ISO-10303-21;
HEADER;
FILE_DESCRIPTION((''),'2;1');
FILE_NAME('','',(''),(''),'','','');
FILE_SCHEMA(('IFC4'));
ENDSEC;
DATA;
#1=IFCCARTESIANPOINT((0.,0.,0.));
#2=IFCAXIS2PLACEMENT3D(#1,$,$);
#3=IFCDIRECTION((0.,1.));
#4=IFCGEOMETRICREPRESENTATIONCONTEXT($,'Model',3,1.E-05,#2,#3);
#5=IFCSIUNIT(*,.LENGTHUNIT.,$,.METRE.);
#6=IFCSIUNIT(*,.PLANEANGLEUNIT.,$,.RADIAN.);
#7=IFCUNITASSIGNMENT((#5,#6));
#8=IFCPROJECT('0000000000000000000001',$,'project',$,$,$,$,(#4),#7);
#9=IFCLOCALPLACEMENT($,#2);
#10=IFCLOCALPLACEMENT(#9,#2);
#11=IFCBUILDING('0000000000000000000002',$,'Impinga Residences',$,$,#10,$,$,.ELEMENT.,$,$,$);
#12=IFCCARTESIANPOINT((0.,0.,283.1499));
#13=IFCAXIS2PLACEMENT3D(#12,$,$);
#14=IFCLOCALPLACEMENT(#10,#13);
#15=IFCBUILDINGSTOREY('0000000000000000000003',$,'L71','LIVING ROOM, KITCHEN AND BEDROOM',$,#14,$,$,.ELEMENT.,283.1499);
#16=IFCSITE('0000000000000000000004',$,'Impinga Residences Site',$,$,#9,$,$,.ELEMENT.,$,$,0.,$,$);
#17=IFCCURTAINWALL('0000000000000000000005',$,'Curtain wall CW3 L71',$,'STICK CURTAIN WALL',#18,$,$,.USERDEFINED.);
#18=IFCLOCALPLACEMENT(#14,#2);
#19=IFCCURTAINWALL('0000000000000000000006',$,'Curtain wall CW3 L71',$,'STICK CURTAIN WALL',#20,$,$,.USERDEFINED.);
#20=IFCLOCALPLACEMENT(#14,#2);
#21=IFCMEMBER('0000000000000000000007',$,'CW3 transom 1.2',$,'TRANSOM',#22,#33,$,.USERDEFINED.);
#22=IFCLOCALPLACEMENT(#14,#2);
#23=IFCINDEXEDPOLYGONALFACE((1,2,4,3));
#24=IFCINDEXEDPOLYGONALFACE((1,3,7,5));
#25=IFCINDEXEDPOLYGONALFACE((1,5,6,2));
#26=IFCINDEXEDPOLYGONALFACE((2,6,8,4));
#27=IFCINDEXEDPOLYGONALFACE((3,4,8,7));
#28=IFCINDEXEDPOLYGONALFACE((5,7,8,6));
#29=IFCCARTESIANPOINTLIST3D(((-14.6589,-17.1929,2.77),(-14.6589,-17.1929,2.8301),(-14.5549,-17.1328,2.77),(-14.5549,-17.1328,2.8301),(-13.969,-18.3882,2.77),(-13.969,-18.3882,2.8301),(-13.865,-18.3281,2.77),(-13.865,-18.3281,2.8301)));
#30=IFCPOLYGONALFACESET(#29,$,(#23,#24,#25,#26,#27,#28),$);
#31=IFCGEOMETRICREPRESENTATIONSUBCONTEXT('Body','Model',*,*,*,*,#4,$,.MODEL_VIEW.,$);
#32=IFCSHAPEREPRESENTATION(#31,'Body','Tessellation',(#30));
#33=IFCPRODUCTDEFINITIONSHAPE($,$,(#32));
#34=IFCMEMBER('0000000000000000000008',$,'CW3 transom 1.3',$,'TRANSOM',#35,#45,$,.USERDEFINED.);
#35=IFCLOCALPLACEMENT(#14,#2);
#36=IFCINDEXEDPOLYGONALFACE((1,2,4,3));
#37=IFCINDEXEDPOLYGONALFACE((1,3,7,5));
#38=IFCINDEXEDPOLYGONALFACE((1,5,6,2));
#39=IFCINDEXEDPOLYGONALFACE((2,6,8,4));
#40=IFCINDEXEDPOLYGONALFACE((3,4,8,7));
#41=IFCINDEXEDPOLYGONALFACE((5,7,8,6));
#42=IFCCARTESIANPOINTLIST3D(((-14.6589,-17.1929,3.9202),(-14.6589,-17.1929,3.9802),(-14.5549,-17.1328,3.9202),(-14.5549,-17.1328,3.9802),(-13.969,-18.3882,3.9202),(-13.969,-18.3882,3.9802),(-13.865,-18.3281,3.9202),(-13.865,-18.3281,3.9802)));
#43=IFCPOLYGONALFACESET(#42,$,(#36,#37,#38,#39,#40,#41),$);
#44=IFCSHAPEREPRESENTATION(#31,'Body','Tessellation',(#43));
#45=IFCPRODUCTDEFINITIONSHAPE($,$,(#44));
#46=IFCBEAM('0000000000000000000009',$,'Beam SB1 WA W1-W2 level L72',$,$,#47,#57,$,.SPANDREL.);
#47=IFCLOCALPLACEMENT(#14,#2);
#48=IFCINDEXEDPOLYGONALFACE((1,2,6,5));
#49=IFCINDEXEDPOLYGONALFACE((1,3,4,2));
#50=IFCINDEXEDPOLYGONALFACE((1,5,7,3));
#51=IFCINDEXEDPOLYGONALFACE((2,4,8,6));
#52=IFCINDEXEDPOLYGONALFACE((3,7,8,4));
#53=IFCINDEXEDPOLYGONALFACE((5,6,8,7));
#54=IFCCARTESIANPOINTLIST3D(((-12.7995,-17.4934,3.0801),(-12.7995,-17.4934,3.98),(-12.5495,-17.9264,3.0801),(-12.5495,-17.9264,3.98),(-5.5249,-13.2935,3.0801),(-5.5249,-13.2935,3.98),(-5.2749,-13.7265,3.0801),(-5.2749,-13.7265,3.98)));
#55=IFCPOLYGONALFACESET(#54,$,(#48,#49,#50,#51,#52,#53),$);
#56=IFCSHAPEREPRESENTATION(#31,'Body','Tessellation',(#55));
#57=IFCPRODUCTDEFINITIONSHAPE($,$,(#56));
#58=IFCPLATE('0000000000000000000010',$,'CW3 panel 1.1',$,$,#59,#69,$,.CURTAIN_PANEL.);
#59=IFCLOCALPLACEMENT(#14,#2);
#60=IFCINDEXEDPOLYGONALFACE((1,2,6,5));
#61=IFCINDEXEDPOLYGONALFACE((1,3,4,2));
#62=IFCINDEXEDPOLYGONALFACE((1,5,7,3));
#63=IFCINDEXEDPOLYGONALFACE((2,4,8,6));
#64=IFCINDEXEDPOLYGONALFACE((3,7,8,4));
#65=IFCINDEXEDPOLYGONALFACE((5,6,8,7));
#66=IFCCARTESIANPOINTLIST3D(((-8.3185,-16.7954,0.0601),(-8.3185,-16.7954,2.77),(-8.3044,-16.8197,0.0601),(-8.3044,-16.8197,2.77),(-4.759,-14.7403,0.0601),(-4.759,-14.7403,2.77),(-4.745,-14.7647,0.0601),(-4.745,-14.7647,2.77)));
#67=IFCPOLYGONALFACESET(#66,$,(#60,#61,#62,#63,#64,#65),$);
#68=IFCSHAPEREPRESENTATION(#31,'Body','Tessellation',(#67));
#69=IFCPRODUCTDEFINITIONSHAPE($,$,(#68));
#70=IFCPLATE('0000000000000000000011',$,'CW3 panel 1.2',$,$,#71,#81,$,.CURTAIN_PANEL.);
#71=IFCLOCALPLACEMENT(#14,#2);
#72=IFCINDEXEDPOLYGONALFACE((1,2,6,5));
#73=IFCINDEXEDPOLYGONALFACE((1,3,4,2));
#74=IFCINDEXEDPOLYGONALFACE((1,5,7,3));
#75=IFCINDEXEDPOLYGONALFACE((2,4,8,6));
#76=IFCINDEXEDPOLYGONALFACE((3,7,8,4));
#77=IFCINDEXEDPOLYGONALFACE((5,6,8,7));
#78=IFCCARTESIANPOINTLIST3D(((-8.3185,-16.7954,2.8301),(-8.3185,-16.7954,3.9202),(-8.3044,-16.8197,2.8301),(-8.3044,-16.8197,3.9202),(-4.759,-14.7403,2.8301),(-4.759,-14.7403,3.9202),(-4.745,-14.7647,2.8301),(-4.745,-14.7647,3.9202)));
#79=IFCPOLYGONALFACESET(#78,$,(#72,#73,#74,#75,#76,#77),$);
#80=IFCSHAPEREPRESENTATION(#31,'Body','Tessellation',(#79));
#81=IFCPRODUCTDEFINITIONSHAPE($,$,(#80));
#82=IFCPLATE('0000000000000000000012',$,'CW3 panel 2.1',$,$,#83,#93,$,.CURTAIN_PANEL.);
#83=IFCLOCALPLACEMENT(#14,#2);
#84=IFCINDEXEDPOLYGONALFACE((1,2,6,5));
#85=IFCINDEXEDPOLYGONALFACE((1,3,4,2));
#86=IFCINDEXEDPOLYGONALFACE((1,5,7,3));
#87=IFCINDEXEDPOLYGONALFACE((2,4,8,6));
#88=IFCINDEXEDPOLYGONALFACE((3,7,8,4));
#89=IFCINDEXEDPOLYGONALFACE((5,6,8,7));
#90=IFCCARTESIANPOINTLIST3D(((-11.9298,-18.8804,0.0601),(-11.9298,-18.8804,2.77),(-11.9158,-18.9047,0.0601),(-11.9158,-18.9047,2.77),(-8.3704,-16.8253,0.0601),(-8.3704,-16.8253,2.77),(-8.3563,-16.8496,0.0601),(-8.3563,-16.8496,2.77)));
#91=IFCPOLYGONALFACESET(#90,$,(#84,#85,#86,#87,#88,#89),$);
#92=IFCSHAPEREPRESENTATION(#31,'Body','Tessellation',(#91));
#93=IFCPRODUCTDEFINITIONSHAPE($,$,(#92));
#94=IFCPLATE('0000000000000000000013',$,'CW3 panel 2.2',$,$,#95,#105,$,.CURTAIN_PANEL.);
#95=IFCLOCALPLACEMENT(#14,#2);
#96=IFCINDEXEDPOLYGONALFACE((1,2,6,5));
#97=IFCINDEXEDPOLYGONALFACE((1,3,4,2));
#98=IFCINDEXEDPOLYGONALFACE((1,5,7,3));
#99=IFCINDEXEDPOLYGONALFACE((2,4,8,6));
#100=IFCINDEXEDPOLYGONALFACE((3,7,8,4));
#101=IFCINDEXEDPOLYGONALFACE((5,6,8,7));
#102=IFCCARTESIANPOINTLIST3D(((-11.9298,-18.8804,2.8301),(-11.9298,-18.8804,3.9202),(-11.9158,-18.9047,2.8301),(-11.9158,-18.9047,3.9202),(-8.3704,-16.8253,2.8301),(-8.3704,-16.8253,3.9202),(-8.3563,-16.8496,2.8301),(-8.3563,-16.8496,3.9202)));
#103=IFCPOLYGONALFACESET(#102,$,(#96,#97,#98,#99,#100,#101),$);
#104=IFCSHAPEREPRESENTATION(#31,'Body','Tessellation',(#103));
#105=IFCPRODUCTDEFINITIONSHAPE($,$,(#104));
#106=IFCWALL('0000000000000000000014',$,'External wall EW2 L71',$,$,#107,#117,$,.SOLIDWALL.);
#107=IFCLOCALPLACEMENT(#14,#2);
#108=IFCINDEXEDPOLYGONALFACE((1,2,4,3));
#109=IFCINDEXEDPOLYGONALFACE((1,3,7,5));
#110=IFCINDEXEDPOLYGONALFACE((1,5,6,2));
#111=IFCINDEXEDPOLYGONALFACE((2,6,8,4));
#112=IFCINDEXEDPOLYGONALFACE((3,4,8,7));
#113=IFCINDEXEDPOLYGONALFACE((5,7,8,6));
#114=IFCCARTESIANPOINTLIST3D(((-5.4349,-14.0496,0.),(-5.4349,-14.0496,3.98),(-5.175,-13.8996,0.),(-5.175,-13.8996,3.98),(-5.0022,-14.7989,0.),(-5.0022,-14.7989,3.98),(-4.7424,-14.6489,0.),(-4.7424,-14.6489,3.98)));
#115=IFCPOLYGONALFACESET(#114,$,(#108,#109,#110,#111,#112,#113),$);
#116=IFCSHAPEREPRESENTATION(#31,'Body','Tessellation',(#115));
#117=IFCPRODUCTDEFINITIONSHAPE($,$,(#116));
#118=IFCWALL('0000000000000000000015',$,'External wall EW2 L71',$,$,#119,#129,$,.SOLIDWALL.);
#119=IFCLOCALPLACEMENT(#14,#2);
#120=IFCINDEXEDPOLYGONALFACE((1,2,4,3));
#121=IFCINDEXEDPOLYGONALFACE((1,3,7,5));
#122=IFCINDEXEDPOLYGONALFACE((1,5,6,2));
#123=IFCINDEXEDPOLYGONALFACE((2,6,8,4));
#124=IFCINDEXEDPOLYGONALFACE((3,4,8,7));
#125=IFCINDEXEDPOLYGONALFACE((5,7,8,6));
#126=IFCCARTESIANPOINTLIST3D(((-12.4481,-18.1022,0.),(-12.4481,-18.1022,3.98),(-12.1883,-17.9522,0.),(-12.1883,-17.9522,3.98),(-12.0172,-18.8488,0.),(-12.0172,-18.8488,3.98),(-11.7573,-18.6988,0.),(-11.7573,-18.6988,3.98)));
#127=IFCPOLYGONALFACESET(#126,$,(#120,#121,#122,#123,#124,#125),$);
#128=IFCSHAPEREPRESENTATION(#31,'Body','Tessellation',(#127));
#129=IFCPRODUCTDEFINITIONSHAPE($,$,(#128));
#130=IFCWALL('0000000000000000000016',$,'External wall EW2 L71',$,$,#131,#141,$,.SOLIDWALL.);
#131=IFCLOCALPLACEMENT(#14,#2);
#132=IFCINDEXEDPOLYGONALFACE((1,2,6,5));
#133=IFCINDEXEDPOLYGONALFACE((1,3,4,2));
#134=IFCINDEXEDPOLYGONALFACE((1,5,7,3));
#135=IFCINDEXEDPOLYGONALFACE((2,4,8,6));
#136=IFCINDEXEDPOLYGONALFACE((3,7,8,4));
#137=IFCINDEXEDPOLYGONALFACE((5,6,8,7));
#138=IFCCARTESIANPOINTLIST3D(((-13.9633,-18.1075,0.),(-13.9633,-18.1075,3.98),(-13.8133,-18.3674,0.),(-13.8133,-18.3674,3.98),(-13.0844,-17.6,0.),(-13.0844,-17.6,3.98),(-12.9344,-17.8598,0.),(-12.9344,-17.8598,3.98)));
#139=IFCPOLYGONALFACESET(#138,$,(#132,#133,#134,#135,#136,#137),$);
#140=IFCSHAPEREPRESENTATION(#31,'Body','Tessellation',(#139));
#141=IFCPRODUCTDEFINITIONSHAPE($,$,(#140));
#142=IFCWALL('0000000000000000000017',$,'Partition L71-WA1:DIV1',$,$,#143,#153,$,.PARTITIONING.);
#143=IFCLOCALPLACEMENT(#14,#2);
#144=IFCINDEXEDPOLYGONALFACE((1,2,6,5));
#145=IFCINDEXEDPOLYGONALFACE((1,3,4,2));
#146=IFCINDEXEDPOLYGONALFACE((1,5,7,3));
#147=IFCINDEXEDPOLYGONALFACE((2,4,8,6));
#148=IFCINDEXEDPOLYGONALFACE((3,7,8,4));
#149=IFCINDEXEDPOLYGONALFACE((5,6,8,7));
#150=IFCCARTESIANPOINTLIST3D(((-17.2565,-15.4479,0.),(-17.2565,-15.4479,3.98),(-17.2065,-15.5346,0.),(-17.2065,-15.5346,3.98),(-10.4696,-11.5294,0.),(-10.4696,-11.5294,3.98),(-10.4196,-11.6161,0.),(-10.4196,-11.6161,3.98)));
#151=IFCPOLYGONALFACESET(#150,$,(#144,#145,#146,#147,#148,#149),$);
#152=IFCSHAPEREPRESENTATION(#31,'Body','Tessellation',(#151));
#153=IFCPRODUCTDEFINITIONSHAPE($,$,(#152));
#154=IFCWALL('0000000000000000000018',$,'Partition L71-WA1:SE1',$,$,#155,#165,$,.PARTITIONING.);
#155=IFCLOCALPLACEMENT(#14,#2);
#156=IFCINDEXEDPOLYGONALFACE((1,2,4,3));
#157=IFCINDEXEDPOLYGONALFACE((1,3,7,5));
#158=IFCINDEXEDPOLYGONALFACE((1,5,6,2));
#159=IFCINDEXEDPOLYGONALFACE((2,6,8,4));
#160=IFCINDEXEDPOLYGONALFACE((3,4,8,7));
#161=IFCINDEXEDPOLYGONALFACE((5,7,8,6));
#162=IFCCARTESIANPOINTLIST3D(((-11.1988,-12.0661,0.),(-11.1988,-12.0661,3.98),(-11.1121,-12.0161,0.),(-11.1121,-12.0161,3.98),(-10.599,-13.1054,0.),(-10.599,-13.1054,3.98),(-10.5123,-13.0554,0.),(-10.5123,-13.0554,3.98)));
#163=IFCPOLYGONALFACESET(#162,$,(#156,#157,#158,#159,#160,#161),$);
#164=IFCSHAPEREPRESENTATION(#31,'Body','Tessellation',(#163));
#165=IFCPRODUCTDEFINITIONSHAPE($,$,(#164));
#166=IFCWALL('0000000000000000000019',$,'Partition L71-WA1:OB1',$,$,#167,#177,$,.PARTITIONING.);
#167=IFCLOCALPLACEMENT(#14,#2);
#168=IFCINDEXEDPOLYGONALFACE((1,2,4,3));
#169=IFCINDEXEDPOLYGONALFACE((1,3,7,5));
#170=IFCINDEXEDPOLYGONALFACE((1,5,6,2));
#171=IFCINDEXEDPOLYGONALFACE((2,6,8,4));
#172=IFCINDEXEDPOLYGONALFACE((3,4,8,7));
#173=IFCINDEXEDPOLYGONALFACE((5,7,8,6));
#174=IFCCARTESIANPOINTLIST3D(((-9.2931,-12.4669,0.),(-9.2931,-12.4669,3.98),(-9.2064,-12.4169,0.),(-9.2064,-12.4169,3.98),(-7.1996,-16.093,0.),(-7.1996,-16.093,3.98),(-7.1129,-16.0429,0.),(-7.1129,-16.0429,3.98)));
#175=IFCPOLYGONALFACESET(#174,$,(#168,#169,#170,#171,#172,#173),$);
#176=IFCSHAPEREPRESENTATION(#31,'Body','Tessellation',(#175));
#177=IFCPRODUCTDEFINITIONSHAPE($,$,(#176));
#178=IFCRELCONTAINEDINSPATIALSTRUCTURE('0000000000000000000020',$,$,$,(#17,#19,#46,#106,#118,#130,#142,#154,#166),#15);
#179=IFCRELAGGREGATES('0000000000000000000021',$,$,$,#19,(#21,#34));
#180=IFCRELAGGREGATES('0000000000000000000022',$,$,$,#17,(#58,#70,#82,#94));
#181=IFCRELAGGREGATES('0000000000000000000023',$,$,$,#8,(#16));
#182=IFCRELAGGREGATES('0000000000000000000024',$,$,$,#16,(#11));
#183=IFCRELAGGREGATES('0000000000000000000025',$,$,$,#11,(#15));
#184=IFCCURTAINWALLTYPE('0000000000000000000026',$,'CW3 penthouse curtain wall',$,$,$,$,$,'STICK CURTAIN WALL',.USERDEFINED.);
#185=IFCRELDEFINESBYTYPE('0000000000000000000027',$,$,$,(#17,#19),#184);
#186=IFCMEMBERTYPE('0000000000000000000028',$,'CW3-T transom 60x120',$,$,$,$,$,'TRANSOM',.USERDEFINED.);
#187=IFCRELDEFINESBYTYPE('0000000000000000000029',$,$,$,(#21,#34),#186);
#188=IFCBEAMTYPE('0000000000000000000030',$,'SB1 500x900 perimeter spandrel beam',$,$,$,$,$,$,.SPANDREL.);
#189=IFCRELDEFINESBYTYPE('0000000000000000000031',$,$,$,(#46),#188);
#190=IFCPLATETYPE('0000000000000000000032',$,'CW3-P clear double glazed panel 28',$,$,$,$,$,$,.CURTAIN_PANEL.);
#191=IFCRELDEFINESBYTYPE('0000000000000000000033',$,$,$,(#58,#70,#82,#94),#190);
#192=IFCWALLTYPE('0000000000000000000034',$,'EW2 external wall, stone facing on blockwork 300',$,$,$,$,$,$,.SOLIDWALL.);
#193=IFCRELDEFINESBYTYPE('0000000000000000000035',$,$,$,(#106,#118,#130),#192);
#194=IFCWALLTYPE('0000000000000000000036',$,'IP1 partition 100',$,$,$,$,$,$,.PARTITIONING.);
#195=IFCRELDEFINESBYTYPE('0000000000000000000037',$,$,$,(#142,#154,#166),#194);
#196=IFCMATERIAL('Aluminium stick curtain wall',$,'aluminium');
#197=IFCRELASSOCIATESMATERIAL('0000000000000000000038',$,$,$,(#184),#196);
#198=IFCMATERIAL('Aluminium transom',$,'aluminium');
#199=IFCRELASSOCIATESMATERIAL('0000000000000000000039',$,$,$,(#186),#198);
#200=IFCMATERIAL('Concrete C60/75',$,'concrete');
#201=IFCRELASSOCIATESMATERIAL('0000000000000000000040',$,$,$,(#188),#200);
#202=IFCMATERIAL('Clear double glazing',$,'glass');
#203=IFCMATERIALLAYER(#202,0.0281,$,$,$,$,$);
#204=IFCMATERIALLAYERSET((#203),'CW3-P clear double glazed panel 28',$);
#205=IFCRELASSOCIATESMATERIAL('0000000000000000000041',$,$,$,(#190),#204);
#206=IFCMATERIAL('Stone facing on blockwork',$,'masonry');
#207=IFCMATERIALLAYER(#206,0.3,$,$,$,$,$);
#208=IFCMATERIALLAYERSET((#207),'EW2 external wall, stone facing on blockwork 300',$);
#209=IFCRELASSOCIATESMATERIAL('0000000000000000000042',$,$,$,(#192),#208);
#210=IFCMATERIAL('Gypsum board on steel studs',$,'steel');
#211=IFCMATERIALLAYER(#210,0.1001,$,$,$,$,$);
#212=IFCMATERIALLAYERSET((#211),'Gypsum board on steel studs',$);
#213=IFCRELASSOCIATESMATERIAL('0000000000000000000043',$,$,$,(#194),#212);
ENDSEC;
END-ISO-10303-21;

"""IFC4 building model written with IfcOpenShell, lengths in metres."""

from ifc_helpers import new_model, si_unit, direction, frame, frame_2d, origin, origin_2d, place, context, subcontext, project, spatial, rectangle, extrude, material, layer, layer_set, material_profile, profile_set, type_object, element, aggregate, save


model = new_model("IFC4")

# Units and contexts
model_context = context("Model", 3, precision=1e-05, world=origin(), true_north=direction((0.0, 1.0)))
body_context = subcontext(model_context, "Body", "Model", "MODEL_VIEW")
ifc_project = project(units=[si_unit("LENGTHUNIT", "METRE"), si_unit("PLANEANGLEUNIT", "RADIAN")], contexts=[model_context])

# Site, building, storey
site_placement = place(None, origin())
site = spatial("IfcSite", under=ifc_project, at=site_placement, Name="Impinga Residences Site", CompositionType="ELEMENT", RefElevation=0.0)
building_placement = place(site_placement, origin())
building = spatial("IfcBuilding", under=site, at=building_placement, Name="Impinga Residences", CompositionType="ELEMENT")
storey_placement = place(building_placement, frame((0.0, 0.0, 283.1499)))
storey = spatial("IfcBuildingStorey", under=building, at=storey_placement, Name="L71", Description="LIVING ROOM, KITCHEN AND BEDROOM", CompositionType="ELEMENT", Elevation=283.1499)

# Shared definitions
ifc_material_1 = material(Name="Concrete C60/75", Category="concrete")

# Curtain wall
ifc_material_2 = material(Name="Aluminium stick curtain wall", Category="aluminium")
curtain_wall_type = type_object("IfcCurtainWallType", Name="CW3 penthouse curtain wall", ElementType="STICK CURTAIN WALL", PredefinedType="USERDEFINED", material=ifc_material_2)
curtain_wall_1_placement = place(storey_placement, origin())
curtain_wall_1 = element("IfcCurtainWall", 1, at=curtain_wall_1_placement, inside=storey, type_object=curtain_wall_type, Name="Curtain wall CW3 L71", ObjectType="STICK CURTAIN WALL", PredefinedType="USERDEFINED")

# Curtain wall
curtain_wall_2_placement = place(storey_placement, origin())
curtain_wall_2 = element("IfcCurtainWall", 2, at=curtain_wall_2_placement, inside=storey, type_object=curtain_wall_type, Name="Curtain wall CW3 L71", ObjectType="STICK CURTAIN WALL", PredefinedType="USERDEFINED")

# Members
ifc_material_3 = material(Name="Aluminium transom", Category="aluminium")
ifc_material_profile_1 = material_profile(ifc_material_3, rectangle(XDim=0.0601, YDim=0.1201, at=origin_2d()), Name="60x120 transom")
ifc_profile_set_1 = profile_set([ifc_material_profile_1], Name="Aluminium transom")
member_type_1 = type_object("IfcMemberType", Name="CW3-T transom 60x120", ElementType="TRANSOM", PredefinedType="USERDEFINED", material=ifc_profile_set_1)
member_1_placement = place(storey_placement, frame((-13.917, -18.3582, 2.8), z_axis=(-0.499906, 0.86608, 0.0), x_axis=(0.0, 0.0, 1.0)))
member_1 = element("IfcMember", 3, at=member_1_placement, type_object=member_type_1, Name="CW3 transom 1.2", ObjectType="TRANSOM", PredefinedType="USERDEFINED", context=body_context, shape_type="SweptSolid", body=[
    extrude(rectangle(XDim=0.0601, YDim=0.1201, at=origin_2d()), origin(), (0.0, 0.0, 1.0), 1.3801),
])
member_2_placement = place(storey_placement, frame((-13.917, -18.3582, 3.9502), z_axis=(-0.499906, 0.86608, 0.0), x_axis=(0.0, 0.0, 1.0)))
member_2 = element("IfcMember", 4, at=member_2_placement, type_object=member_type_1, Name="CW3 transom 1.3", ObjectType="TRANSOM", PredefinedType="USERDEFINED", context=body_context, shape_type="SweptSolid", body=[
    extrude(rectangle(XDim=0.0601, YDim=0.1201, at=origin_2d()), origin(), (0.0, 0.0, 1.0), 1.3801),
])
aggregate(curtain_wall_2, [member_1, member_2])

# Beam
ifc_material_profile_2 = material_profile(ifc_material_1, rectangle(XDim=0.5, YDim=0.8999, at=origin_2d()), Name="RC 500x900")
ifc_profile_set_2 = profile_set([ifc_material_profile_2], Name="Concrete C60/75")
beam_type_1 = type_object("IfcBeamType", Name="SB1 500x900 perimeter spandrel beam", PredefinedType="SPANDREL", material=ifc_profile_set_2)
beam_1_placement = place(storey_placement, frame((-5.3999, -13.51, 3.53), z_axis=(-0.866029, -0.499993, 0.0), x_axis=(0.499993, -0.866029, 0.0)))
element("IfcBeam", 5, at=beam_1_placement, inside=storey, type_object=beam_type_1, Name="Beam SB1 WA W1-W2 level L72", PredefinedType="SPANDREL", context=body_context, shape_type="SweptSolid", body=[
    extrude(rectangle(XDim=0.5, YDim=0.8999, at=origin_2d()), origin(), (0.0, 0.0, 1.0), 8.3999),
])

# Plates
ifc_material_4 = material(Name="Clear double glazing", Category="glass")
ifc_layer_1 = layer(ifc_material_4, 0.0281)
ifc_layer_set_1 = layer_set([ifc_layer_1], Name="CW3-P clear double glazed panel 28")
plate_type = type_object("IfcPlateType", Name="CW3-P clear double glazed panel 28", PredefinedType="CURTAIN_PANEL", material=ifc_layer_set_1)
plate_1_placement = place(storey_placement, frame((-6.5317, -15.78, 0.0601), z_axis=(0.0, 0.0, 1.0), x_axis=(-0.866025, -0.5, 0.0)))
plate_1 = element("IfcPlate", 6, at=plate_1_placement, type_object=plate_type, Name="CW3 panel 1.1", PredefinedType="CURTAIN_PANEL", context=body_context, shape_type="SweptSolid", body=[
    extrude(rectangle(XDim=4.1101, YDim=0.0281, at=origin_2d()), origin(), (0.0, 0.0, 1.0), 2.71),
])
plate_2_placement = place(storey_placement, frame((-6.5317, -15.78, 2.8301), z_axis=(0.0, 0.0, 1.0), x_axis=(-0.866025, -0.5, 0.0)))
plate_2 = element("IfcPlate", 7, at=plate_2_placement, type_object=plate_type, Name="CW3 panel 1.2", PredefinedType="CURTAIN_PANEL", context=body_context, shape_type="SweptSolid", body=[
    extrude(rectangle(XDim=4.1101, YDim=0.0281, at=origin_2d()), origin(), (0.0, 0.0, 1.0), 1.0901),
])
plate_3_placement = place(storey_placement, frame((-10.1431, -17.865, 0.0601), z_axis=(0.0, 0.0, 1.0), x_axis=(-0.866025, -0.5, 0.0)))
plate_3 = element("IfcPlate", 8, at=plate_3_placement, type_object=plate_type, Name="CW3 panel 2.1", PredefinedType="CURTAIN_PANEL", context=body_context, shape_type="SweptSolid", body=[
    extrude(rectangle(XDim=4.1101, YDim=0.0281, at=origin_2d()), origin(), (0.0, 0.0, 1.0), 2.71),
])
plate_4_placement = place(storey_placement, frame((-10.1431, -17.865, 2.8301), z_axis=(0.0, 0.0, 1.0), x_axis=(-0.866025, -0.5, 0.0)))
plate_4 = element("IfcPlate", 9, at=plate_4_placement, type_object=plate_type, Name="CW3 panel 2.2", PredefinedType="CURTAIN_PANEL", context=body_context, shape_type="SweptSolid", body=[
    extrude(rectangle(XDim=4.1101, YDim=0.0281, at=origin_2d()), origin(), (0.0, 0.0, 1.0), 1.0901),
])
aggregate(curtain_wall_1, [plate_1, plate_2, plate_3, plate_4])

# Walls
ifc_material_5 = material(Name="Stone facing on blockwork", Category="masonry")
ifc_layer_2 = layer(ifc_material_5, 0.3)
ifc_layer_set_2 = layer_set([ifc_layer_2], Name="EW2 external wall, stone facing on blockwork 300")
wall_type_1 = type_object("IfcWallType", Name="EW2 external wall, stone facing on blockwork 300", PredefinedType="SOLIDWALL", material=ifc_layer_set_2)
wall_1_placement = place(storey_placement, frame((-5.3049, -13.9746, 0.0), z_axis=(0.0, 0.0, 1.0), x_axis=(0.500024, -0.866012, 0.0)))
element("IfcWall", 10, at=wall_1_placement, inside=storey, type_object=wall_type_1, Name="External wall EW2 L71", PredefinedType="SOLIDWALL", context=body_context, shape_type="SweptSolid", body=[
    extrude(rectangle(XDim=0.8652, YDim=0.3, at=frame_2d((0.4326, 0.0))), origin(), (0.0, 0.0, 1.0), 3.98),
])
wall_2_placement = place(storey_placement, frame((-11.8872, -18.7739, 0.0), z_axis=(0.0, 0.0, 1.0), x_axis=(-0.499886, 0.866091, 0.0)))
element("IfcWall", 11, at=wall_2_placement, inside=storey, type_object=wall_type_1, Name="External wall EW2 L71", PredefinedType="SOLIDWALL", context=body_context, shape_type="SweptSolid", body=[
    extrude(rectangle(XDim=0.8621, YDim=0.3, at=frame_2d((0.4312, 0.0))), origin(), (0.0, 0.0, 1.0), 3.98),
])
wall_3_placement = place(storey_placement, frame((-13.0095, -17.73, 0.0), z_axis=(0.0, 0.0, 1.0), x_axis=(-0.865969, -0.500097, 0.0)))
element("IfcWall", 12, at=wall_3_placement, inside=storey, type_object=wall_type_1, Name="External wall EW2 L71", PredefinedType="SOLIDWALL", context=body_context, shape_type="SweptSolid", body=[
    extrude(rectangle(XDim=1.0149, YDim=0.3, at=frame_2d((0.5073, 0.0))), origin(), (0.0, 0.0, 1.0), 3.98),
])
ifc_material_6 = material(Name="Gypsum board on steel studs", Category="steel")
ifc_layer_3 = layer(ifc_material_6, 0.1001)
ifc_layer_set_3 = layer_set([ifc_layer_3], Name="Gypsum board on steel studs")
wall_type_2 = type_object("IfcWallType", Name="IP1 partition 100", PredefinedType="PARTITIONING", material=ifc_layer_set_3)
wall_4_placement = place(storey_placement, frame((-10.4446, -11.5728, 0.0), z_axis=(0.0, 0.0, 1.0), x_axis=(-0.866022, -0.500006, 0.0)))
element("IfcWall", 13, at=wall_4_placement, inside=storey, type_object=wall_type_2, Name="Partition L71-WA1:DIV1", PredefinedType="PARTITIONING", context=body_context, shape_type="SweptSolid", body=[
    extrude(rectangle(XDim=7.8369, YDim=0.1001, at=frame_2d((3.9185, 0.0))), origin(), (0.0, 0.0, 1.0), 3.98),
])
wall_5_placement = place(storey_placement, frame((-11.1555, -12.041, 0.0), z_axis=(0.0, 0.0, 1.0), x_axis=(0.499881, -0.866094, 0.0)))
element("IfcWall", 14, at=wall_5_placement, inside=storey, type_object=wall_type_2, Name="Partition L71-WA1:SE1", PredefinedType="PARTITIONING", context=body_context, shape_type="SweptSolid", body=[
    extrude(rectangle(XDim=1.2, YDim=0.1001, at=frame_2d((0.6001, 0.0))), origin(), (0.0, 0.0, 1.0), 3.98),
])
wall_6_placement = place(storey_placement, frame((-9.2498, -12.4419, 0.0), z_axis=(0.0, 0.0, 1.0), x_axis=(0.500008, -0.866021, 0.0)))
element("IfcWall", 15, at=wall_6_placement, inside=storey, type_object=wall_type_2, Name="Partition L71-WA1:OB1", PredefinedType="PARTITIONING", context=body_context, shape_type="SweptSolid", body=[
    extrude(rectangle(XDim=4.187, YDim=0.1001, at=frame_2d((2.0935, 0.0))), origin(), (0.0, 0.0, 1.0), 3.98),
])

save(model, "model.ifc")
